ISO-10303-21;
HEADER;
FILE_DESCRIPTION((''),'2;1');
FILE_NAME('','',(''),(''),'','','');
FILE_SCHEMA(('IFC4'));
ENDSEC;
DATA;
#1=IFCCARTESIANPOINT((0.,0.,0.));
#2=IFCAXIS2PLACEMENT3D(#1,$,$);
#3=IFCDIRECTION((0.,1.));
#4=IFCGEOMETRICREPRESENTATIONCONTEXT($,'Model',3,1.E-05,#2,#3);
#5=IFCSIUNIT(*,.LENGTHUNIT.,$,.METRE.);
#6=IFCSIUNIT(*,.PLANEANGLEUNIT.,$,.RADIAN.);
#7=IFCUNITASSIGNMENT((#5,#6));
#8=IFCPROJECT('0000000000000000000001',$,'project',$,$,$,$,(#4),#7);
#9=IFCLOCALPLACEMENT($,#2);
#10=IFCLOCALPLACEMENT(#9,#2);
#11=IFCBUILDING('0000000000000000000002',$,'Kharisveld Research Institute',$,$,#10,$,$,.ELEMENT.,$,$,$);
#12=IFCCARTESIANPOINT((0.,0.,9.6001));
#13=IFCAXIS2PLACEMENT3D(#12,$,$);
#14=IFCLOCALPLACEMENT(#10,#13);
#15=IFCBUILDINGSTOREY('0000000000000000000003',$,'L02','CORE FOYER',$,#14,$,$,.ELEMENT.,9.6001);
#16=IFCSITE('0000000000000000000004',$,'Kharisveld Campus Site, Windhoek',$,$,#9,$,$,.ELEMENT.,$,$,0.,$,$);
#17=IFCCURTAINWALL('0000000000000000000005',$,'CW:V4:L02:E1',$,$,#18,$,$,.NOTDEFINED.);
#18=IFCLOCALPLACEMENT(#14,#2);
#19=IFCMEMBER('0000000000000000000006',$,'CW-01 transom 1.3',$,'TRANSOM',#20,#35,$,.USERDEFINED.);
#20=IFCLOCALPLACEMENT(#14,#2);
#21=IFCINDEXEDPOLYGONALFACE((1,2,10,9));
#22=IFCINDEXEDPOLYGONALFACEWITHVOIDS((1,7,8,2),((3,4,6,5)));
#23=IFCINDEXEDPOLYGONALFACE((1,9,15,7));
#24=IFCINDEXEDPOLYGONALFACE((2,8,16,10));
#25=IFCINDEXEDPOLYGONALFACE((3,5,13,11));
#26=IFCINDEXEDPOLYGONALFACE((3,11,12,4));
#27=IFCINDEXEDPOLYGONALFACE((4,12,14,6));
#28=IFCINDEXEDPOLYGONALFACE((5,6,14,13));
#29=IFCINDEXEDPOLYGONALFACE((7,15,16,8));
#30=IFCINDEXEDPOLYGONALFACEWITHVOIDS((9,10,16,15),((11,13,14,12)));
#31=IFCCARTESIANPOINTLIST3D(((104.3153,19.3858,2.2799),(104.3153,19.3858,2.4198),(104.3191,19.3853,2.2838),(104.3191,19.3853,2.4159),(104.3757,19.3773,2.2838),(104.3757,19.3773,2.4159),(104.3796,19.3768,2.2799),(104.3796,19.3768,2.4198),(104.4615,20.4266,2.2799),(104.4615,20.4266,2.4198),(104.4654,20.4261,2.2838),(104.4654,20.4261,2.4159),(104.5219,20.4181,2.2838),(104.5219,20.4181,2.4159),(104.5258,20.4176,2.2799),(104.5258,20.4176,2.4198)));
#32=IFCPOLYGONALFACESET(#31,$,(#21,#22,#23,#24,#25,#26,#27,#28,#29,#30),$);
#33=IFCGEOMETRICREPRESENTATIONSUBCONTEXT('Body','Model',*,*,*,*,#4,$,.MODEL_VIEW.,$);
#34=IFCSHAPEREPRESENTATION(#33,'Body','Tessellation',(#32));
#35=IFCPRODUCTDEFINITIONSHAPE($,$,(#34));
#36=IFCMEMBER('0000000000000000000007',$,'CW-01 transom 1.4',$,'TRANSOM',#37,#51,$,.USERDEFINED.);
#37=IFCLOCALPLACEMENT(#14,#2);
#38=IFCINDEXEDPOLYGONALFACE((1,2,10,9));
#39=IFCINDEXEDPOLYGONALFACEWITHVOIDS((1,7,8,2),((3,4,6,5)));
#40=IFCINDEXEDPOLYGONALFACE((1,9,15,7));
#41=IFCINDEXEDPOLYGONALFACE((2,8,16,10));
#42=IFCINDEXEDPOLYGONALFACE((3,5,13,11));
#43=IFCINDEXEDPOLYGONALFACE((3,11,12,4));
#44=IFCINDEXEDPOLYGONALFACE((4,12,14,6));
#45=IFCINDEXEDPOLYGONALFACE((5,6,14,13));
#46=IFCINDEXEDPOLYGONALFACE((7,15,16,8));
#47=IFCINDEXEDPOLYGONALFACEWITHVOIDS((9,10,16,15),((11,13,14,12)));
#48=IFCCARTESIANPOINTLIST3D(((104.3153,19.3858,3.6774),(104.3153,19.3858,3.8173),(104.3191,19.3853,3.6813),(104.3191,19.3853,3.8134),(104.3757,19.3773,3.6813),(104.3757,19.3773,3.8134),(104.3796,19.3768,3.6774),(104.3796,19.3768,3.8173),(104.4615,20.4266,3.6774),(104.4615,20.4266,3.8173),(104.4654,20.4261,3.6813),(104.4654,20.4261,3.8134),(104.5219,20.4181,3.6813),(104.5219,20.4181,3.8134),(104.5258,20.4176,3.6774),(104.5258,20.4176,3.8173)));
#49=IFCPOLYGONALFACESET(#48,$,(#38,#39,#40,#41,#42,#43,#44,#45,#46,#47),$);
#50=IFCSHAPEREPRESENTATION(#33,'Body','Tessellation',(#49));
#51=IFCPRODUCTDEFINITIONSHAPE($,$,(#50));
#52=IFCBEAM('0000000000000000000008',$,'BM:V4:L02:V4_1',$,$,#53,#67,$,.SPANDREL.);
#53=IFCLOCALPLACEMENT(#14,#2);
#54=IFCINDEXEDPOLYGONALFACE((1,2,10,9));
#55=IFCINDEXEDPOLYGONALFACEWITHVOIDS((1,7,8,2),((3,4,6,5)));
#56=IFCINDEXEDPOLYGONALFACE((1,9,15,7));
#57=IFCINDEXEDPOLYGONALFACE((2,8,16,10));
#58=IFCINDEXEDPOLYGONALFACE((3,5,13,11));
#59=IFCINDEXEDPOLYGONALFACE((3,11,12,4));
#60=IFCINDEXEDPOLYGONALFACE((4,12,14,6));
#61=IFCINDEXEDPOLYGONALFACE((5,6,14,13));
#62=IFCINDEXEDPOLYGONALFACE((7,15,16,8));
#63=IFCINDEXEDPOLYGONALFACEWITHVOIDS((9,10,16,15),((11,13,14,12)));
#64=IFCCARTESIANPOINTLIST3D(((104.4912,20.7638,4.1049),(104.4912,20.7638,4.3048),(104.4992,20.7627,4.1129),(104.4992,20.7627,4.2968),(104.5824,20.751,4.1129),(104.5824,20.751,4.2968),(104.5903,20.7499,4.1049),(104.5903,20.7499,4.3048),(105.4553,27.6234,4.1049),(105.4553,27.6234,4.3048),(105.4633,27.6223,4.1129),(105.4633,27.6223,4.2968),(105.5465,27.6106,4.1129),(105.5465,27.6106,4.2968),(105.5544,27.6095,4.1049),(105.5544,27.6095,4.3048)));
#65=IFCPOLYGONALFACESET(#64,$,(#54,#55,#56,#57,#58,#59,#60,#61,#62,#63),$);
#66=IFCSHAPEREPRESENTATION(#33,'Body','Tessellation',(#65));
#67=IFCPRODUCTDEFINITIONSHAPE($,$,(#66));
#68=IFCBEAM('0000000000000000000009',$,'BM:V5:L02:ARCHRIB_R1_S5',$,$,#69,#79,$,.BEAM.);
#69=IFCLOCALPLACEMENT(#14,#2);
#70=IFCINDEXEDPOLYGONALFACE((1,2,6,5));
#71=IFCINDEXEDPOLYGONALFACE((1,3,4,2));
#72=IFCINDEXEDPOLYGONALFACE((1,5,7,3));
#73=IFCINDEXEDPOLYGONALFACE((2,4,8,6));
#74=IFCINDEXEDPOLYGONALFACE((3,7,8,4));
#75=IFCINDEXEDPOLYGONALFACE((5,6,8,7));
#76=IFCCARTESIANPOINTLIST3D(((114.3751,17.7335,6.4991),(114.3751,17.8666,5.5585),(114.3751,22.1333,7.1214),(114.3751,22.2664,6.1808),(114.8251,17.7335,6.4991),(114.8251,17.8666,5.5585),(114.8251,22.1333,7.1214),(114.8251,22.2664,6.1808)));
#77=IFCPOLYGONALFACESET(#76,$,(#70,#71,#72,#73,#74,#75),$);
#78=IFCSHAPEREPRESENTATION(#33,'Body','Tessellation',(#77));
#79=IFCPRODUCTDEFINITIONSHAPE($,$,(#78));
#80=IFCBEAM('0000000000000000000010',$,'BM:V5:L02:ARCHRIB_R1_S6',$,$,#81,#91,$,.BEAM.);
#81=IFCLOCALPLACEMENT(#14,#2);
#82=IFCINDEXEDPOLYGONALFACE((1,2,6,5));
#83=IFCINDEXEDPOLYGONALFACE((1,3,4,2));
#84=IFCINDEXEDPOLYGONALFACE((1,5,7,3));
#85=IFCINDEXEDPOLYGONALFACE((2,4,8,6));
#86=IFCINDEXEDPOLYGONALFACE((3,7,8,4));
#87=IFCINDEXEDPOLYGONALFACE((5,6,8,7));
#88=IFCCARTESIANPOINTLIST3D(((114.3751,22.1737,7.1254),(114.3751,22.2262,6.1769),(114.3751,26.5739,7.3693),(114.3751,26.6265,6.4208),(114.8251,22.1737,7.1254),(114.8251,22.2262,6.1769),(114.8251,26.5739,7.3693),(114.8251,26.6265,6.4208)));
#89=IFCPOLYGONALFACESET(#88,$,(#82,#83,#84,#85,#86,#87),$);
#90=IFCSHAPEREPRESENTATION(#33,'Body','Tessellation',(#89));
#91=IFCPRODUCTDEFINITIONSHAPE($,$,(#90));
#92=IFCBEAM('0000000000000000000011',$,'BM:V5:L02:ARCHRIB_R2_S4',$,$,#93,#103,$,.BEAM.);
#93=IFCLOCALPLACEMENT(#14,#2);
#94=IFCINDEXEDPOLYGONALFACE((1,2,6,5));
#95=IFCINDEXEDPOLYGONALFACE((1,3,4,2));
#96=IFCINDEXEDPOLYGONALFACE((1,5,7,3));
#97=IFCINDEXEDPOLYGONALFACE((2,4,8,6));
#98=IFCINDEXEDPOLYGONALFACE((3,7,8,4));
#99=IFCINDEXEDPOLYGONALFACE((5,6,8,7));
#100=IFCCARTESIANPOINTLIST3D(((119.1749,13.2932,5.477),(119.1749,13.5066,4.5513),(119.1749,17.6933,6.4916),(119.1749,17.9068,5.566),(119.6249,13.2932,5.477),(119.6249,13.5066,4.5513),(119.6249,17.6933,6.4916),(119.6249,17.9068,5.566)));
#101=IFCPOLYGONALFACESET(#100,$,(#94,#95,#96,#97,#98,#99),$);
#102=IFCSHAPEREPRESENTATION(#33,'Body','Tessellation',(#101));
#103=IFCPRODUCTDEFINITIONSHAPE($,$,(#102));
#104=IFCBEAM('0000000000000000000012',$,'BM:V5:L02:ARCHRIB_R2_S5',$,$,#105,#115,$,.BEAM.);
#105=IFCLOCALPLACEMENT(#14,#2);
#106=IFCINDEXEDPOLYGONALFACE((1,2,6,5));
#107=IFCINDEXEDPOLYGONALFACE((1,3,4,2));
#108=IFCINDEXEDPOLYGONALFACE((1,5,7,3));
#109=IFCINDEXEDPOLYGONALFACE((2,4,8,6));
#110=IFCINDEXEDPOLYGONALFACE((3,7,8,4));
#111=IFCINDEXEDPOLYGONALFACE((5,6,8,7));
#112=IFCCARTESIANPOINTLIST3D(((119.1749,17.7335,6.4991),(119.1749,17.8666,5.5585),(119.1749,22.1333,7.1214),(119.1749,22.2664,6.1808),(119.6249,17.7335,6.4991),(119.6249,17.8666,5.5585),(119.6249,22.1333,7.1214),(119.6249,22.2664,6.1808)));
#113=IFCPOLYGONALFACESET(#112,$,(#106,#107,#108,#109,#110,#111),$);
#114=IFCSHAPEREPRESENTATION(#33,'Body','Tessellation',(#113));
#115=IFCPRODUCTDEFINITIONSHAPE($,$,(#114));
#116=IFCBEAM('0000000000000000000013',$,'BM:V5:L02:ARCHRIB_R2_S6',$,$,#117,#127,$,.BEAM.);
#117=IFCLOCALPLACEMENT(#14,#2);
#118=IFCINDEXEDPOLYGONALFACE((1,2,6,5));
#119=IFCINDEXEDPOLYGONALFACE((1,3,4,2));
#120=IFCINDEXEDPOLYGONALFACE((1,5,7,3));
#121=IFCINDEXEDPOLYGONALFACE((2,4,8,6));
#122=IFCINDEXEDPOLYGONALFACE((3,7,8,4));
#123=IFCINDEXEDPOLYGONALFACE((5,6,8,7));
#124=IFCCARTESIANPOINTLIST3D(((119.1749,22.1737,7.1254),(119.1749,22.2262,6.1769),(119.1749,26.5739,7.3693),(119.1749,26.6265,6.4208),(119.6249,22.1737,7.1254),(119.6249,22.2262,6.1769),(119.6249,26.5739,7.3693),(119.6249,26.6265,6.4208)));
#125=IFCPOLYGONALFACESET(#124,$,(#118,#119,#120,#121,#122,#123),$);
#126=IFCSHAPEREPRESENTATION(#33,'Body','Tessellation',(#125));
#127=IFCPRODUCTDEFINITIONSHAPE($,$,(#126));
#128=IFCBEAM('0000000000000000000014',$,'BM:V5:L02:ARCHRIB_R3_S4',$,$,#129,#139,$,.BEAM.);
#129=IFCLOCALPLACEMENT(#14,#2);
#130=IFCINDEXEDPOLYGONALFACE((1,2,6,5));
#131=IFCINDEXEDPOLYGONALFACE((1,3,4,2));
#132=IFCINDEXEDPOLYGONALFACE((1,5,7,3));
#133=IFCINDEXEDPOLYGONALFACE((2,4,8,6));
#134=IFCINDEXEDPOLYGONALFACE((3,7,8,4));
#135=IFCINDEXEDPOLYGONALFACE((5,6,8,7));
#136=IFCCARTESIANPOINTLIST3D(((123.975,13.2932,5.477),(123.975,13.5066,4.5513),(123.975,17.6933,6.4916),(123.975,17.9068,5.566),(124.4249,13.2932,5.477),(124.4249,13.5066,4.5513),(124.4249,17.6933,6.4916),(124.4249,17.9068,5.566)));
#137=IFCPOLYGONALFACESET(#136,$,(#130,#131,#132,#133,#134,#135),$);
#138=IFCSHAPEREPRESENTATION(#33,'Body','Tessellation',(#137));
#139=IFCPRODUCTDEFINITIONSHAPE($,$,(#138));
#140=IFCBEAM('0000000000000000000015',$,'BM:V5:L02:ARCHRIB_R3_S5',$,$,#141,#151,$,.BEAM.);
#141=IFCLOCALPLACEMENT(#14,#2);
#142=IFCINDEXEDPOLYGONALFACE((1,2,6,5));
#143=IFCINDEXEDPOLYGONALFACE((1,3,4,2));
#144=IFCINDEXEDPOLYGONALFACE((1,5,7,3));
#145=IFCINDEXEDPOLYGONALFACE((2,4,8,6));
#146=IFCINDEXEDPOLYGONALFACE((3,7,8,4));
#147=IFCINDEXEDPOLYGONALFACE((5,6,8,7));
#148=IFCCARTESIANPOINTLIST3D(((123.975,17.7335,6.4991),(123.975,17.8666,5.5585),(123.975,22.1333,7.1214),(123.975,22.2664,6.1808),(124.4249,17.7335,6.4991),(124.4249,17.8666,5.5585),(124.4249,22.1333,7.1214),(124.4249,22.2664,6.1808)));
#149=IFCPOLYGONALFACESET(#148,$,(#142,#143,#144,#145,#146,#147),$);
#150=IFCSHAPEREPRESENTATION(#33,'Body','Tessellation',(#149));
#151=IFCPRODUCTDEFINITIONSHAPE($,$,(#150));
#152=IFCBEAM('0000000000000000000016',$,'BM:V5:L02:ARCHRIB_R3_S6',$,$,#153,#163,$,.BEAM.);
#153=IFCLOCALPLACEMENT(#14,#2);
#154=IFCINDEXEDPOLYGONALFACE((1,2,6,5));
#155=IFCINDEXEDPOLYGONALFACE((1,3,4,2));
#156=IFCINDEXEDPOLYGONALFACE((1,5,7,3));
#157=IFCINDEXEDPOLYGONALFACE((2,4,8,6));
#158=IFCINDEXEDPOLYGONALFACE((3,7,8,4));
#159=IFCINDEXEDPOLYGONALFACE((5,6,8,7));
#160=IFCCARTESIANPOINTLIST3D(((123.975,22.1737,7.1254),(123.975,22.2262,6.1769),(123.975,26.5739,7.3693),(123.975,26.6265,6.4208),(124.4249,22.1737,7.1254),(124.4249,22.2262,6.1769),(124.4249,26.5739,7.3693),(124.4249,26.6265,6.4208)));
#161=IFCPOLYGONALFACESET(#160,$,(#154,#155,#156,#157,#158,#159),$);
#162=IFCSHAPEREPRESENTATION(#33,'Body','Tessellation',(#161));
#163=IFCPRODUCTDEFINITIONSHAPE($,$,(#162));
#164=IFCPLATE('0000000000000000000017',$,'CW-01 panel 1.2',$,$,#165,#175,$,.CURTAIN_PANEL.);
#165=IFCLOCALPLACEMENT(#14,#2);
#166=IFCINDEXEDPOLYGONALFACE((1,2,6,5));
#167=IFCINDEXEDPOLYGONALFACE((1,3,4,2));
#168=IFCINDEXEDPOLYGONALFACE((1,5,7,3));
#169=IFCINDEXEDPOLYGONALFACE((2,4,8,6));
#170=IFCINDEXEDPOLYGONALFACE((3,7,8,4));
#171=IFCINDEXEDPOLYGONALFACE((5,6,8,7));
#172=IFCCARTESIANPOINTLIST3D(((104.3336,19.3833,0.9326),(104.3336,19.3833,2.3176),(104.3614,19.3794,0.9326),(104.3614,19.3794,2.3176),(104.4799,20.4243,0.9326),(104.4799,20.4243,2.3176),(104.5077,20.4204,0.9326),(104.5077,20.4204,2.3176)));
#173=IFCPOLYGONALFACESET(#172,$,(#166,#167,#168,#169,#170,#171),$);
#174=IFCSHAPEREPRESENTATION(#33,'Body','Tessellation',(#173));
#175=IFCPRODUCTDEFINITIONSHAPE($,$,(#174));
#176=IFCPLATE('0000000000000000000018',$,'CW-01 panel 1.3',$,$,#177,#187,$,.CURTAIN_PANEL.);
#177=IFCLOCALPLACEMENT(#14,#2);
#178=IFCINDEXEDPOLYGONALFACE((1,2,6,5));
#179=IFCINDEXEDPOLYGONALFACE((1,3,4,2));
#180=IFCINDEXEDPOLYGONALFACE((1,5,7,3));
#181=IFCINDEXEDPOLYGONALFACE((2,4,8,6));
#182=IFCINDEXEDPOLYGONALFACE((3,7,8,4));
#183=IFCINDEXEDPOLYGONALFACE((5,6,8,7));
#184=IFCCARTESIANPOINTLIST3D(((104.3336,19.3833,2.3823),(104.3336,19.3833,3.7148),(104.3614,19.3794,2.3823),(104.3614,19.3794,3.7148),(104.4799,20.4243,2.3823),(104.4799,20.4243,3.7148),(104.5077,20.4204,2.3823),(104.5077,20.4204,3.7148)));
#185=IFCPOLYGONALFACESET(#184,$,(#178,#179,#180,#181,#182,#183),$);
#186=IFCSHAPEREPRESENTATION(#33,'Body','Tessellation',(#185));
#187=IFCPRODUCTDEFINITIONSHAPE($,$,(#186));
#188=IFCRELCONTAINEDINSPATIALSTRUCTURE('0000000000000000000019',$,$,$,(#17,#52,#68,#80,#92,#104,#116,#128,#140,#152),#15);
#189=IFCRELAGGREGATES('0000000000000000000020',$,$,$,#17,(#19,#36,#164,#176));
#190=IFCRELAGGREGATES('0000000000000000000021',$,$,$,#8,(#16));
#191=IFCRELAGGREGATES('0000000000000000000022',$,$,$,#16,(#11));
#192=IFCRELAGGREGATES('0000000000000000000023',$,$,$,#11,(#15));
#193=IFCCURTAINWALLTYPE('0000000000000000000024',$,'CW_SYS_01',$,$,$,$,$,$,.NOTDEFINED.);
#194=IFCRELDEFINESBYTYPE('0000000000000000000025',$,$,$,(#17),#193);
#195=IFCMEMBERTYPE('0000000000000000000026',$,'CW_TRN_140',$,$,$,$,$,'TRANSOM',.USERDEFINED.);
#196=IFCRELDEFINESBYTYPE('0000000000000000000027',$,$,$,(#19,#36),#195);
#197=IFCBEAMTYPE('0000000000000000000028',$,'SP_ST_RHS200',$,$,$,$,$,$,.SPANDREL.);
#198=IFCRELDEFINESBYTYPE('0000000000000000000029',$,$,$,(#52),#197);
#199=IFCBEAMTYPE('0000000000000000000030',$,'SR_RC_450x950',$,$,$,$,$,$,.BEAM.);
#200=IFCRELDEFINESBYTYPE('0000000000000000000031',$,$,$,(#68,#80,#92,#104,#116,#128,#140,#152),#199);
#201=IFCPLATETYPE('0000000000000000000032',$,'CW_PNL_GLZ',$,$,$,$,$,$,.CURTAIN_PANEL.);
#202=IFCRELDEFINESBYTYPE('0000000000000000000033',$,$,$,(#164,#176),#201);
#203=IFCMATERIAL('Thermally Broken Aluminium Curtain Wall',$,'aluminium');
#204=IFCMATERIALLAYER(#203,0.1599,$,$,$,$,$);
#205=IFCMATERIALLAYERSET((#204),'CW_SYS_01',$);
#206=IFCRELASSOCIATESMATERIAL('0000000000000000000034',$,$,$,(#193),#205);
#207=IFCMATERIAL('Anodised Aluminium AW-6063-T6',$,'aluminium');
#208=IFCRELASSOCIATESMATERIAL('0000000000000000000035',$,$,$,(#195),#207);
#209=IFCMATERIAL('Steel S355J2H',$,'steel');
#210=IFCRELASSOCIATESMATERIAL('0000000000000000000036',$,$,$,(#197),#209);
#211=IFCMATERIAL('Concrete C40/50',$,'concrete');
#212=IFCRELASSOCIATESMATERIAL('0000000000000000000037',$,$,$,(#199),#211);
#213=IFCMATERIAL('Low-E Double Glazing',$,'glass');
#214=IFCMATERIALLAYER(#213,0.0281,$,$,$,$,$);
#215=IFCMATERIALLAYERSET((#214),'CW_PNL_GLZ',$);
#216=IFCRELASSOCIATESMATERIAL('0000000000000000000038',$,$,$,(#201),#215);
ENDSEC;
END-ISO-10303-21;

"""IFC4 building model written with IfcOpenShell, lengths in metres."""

from ifc_helpers import new_model, si_unit, direction, frame, origin, origin_2d, place, context, subcontext, project, spatial, rectangle, hollow_rectangle, extrude, material, layer, layer_set, material_profile, profile_set, type_object, element, aggregate, save


model = new_model("IFC4")

# Units and contexts
model_context = context("Model", 3, precision=1e-05, world=origin(), true_north=direction((0.0, 1.0)))
body_context = subcontext(model_context, "Body", "Model", "MODEL_VIEW")
ifc_project = project(units=[si_unit("LENGTHUNIT", "METRE"), si_unit("PLANEANGLEUNIT", "RADIAN")], contexts=[model_context])

# Site, building, storey
site_placement = place(None, origin())
site = spatial("IfcSite", under=ifc_project, at=site_placement, Name="Kharisveld Campus Site, Windhoek", CompositionType="ELEMENT", RefElevation=0.0)
building_placement = place(site_placement, origin())
building = spatial("IfcBuilding", under=site, at=building_placement, Name="Kharisveld Research Institute", CompositionType="ELEMENT")
storey_placement = place(building_placement, frame((0.0, 0.0, 9.6001)))
storey = spatial("IfcBuildingStorey", under=building, at=storey_placement, Name="L02", Description="CORE FOYER", CompositionType="ELEMENT", Elevation=9.6001)

# Curtain wall, members
ifc_material_1 = material(Name="Thermally Broken Aluminium Curtain Wall", Category="aluminium")
ifc_layer_1 = layer(ifc_material_1, 0.1599)
ifc_layer_set_1 = layer_set([ifc_layer_1], Name="CW_SYS_01")
curtain_wall_type = type_object("IfcCurtainWallType", Name="CW_SYS_01", PredefinedType="NOTDEFINED", material=ifc_layer_set_1)
curtain_wall_placement = place(storey_placement, origin())
curtain_wall = element("IfcCurtainWall", 1, at=curtain_wall_placement, inside=storey, type_object=curtain_wall_type, Name="CW:V4:L02:E1", PredefinedType="NOTDEFINED")
ifc_material_2 = material(Name="Anodised Aluminium AW-6063-T6", Category="aluminium")
ifc_material_profile_1 = material_profile(ifc_material_2, hollow_rectangle(XDim=0.0649, YDim=0.1399, WallThickness=0.0039, at=origin_2d()))
ifc_profile_set_1 = profile_set([ifc_material_profile_1], Name="Anodised Aluminium AW-6063-T6")
member_type_1 = type_object("IfcMemberType", Name="CW_TRN_140", ElementType="TRANSOM", PredefinedType="USERDEFINED", material=ifc_profile_set_1)
member_1_placement = place(storey_placement, frame((104.4937, 20.4221, 2.3499), z_axis=(-0.139144, -0.990272, 0.0), x_axis=(0.990272, -0.139144, 0.0)))
member_1 = element("IfcMember", 2, at=member_1_placement, type_object=member_type_1, Name="CW-01 transom 1.3", ObjectType="TRANSOM", PredefinedType="USERDEFINED", context=body_context, shape_type="SweptSolid", body=[
    extrude(hollow_rectangle(XDim=0.0649, YDim=0.1399, WallThickness=0.0039, at=origin_2d()), origin(), (0.0, 0.0, 1.0), 1.051),
])
member_2_placement = place(storey_placement, frame((104.4937, 20.4221, 3.7473), z_axis=(-0.139144, -0.990272, 0.0), x_axis=(0.990272, -0.139144, 0.0)))
member_2 = element("IfcMember", 3, at=member_2_placement, type_object=member_type_1, Name="CW-01 transom 1.4", ObjectType="TRANSOM", PredefinedType="USERDEFINED", context=body_context, shape_type="SweptSolid", body=[
    extrude(hollow_rectangle(XDim=0.0649, YDim=0.1399, WallThickness=0.0039, at=origin_2d()), origin(), (0.0, 0.0, 1.0), 1.051),
])

# Beams
ifc_material_3 = material(Name="Steel S355J2H", Category="steel")
ifc_material_profile_2 = material_profile(ifc_material_3, hollow_rectangle(XDim=0.1001, YDim=0.2, WallThickness=0.0081, at=origin_2d()))
ifc_profile_set_2 = profile_set([ifc_material_profile_2], Name="Steel S355J2H")
beam_type_1 = type_object("IfcBeamType", Name="SP_ST_RHS200", PredefinedType="SPANDREL", material=ifc_profile_set_2)
beam_1_placement = place(storey_placement, frame((104.5408, 20.7568, 4.2048), z_axis=(0.139181, 0.990267, 0.0), x_axis=(-0.990267, 0.139181, 0.0)))
element("IfcBeam", 4, at=beam_1_placement, inside=storey, type_object=beam_type_1, Name="BM:V4:L02:V4_1", PredefinedType="SPANDREL", context=body_context, shape_type="SweptSolid", body=[
    extrude(hollow_rectangle(XDim=0.1001, YDim=0.2, WallThickness=0.0081, at=origin_2d()), origin(), (0.0, 0.0, 1.0), 6.927),
])
ifc_material_4 = material(Name="Concrete C40/50", Category="concrete")
ifc_material_profile_3 = material_profile(ifc_material_4, rectangle(XDim=0.45, YDim=0.95, at=origin_2d()))
ifc_profile_set_3 = profile_set([ifc_material_profile_3], Name="Concrete C40/50")
beam_type_2 = type_object("IfcBeamType", Name="SR_RC_450x950", PredefinedType="BEAM", material=ifc_profile_set_3)
beam_2_placement = place(storey_placement, frame((114.6001, 17.8, 6.0288), z_axis=(0.0, 0.990145, 0.140044), x_axis=(-1.0, 0.0, 0.0)))
element("IfcBeam", 5, at=beam_2_placement, inside=storey, type_object=beam_type_2, Name="BM:V5:L02:ARCHRIB_R1_S5", PredefinedType="BEAM", context=body_context, shape_type="SweptSolid", body=[
    extrude(rectangle(XDim=0.45, YDim=0.95, at=origin_2d()), origin(), (0.0, 0.0, 1.0), 4.4436),
])
beam_3_placement = place(storey_placement, frame((114.6001, 22.2, 6.6511), z_axis=(0.0, 0.998467, 0.055344), x_axis=(-1.0, 0.0, 0.0)))
element("IfcBeam", 6, at=beam_3_placement, inside=storey, type_object=beam_type_2, Name="BM:V5:L02:ARCHRIB_R1_S6", PredefinedType="BEAM", context=body_context, shape_type="SweptSolid", body=[
    extrude(rectangle(XDim=0.45, YDim=0.95, at=origin_2d()), origin(), (0.0, 0.0, 1.0), 4.407),
])
beam_4_placement = place(storey_placement, frame((119.3999, 13.3999, 5.0142), z_axis=(0.0, 0.974429, 0.224698), x_axis=(-1.0, 0.0, 0.0)))
element("IfcBeam", 7, at=beam_4_placement, inside=storey, type_object=beam_type_2, Name="BM:V5:L02:ARCHRIB_R2_S4", PredefinedType="BEAM", context=body_context, shape_type="SweptSolid", body=[
    extrude(rectangle(XDim=0.45, YDim=0.95, at=origin_2d()), origin(), (0.0, 0.0, 1.0), 4.5156),
])
beam_5_placement = place(storey_placement, frame((119.3999, 17.8, 6.0288), z_axis=(0.0, 0.990145, 0.140044), x_axis=(-1.0, 0.0, 0.0)))
element("IfcBeam", 8, at=beam_5_placement, inside=storey, type_object=beam_type_2, Name="BM:V5:L02:ARCHRIB_R2_S5", PredefinedType="BEAM", context=body_context, shape_type="SweptSolid", body=[
    extrude(rectangle(XDim=0.45, YDim=0.95, at=origin_2d()), origin(), (0.0, 0.0, 1.0), 4.4436),
])
beam_6_placement = place(storey_placement, frame((119.3999, 22.2, 6.6511), z_axis=(0.0, 0.998467, 0.055344), x_axis=(-1.0, 0.0, 0.0)))
element("IfcBeam", 9, at=beam_6_placement, inside=storey, type_object=beam_type_2, Name="BM:V5:L02:ARCHRIB_R2_S6", PredefinedType="BEAM", context=body_context, shape_type="SweptSolid", body=[
    extrude(rectangle(XDim=0.45, YDim=0.95, at=origin_2d()), origin(), (0.0, 0.0, 1.0), 4.407),
])
beam_7_placement = place(storey_placement, frame((124.2, 13.3999, 5.0142), z_axis=(0.0, 0.974429, 0.224698), x_axis=(-1.0, 0.0, 0.0)))
element("IfcBeam", 10, at=beam_7_placement, inside=storey, type_object=beam_type_2, Name="BM:V5:L02:ARCHRIB_R3_S4", PredefinedType="BEAM", context=body_context, shape_type="SweptSolid", body=[
    extrude(rectangle(XDim=0.45, YDim=0.95, at=origin_2d()), origin(), (0.0, 0.0, 1.0), 4.5156),
])
beam_8_placement = place(storey_placement, frame((124.2, 17.8, 6.0288), z_axis=(0.0, 0.990145, 0.140044), x_axis=(-1.0, 0.0, 0.0)))
element("IfcBeam", 11, at=beam_8_placement, inside=storey, type_object=beam_type_2, Name="BM:V5:L02:ARCHRIB_R3_S5", PredefinedType="BEAM", context=body_context, shape_type="SweptSolid", body=[
    extrude(rectangle(XDim=0.45, YDim=0.95, at=origin_2d()), origin(), (0.0, 0.0, 1.0), 4.4436),
])
beam_9_placement = place(storey_placement, frame((124.2, 22.2, 6.6511), z_axis=(0.0, 0.998467, 0.055344), x_axis=(-1.0, 0.0, 0.0)))
element("IfcBeam", 12, at=beam_9_placement, inside=storey, type_object=beam_type_2, Name="BM:V5:L02:ARCHRIB_R3_S6", PredefinedType="BEAM", context=body_context, shape_type="SweptSolid", body=[
    extrude(rectangle(XDim=0.45, YDim=0.95, at=origin_2d()), origin(), (0.0, 0.0, 1.0), 4.407),
])

# Plates
ifc_material_5 = material(Name="Low-E Double Glazing", Category="glass")
ifc_layer_2 = layer(ifc_material_5, 0.0281)
ifc_layer_set_2 = layer_set([ifc_layer_2], Name="CW_PNL_GLZ")
plate_type = type_object("IfcPlateType", Name="CW_PNL_GLZ", PredefinedType="CURTAIN_PANEL", material=ifc_layer_set_2)
plate_1_placement = place(storey_placement, frame((104.4207, 19.9019, 0.9326), z_axis=(0.0, 0.0, 1.0), x_axis=(-0.139173, -0.990268, 0.0)))
plate_1 = element("IfcPlate", 13, at=plate_1_placement, type_object=plate_type, Name="CW-01 panel 1.2", PredefinedType="CURTAIN_PANEL", context=body_context, shape_type="SweptSolid", body=[
    extrude(rectangle(XDim=1.0513, YDim=0.0281, at=origin_2d()), origin(), (0.0, 0.0, 1.0), 1.385),
])
plate_2_placement = place(storey_placement, frame((104.4207, 19.9019, 2.3823), z_axis=(0.0, 0.0, 1.0), x_axis=(-0.139173, -0.990268, 0.0)))
plate_2 = element("IfcPlate", 14, at=plate_2_placement, type_object=plate_type, Name="CW-01 panel 1.3", PredefinedType="CURTAIN_PANEL", context=body_context, shape_type="SweptSolid", body=[
    extrude(rectangle(XDim=1.0513, YDim=0.0281, at=origin_2d()), origin(), (0.0, 0.0, 1.0), 1.3325),
])
aggregate(curtain_wall, [member_1, member_2, plate_1, plate_2])

save(model, "model.ifc")
